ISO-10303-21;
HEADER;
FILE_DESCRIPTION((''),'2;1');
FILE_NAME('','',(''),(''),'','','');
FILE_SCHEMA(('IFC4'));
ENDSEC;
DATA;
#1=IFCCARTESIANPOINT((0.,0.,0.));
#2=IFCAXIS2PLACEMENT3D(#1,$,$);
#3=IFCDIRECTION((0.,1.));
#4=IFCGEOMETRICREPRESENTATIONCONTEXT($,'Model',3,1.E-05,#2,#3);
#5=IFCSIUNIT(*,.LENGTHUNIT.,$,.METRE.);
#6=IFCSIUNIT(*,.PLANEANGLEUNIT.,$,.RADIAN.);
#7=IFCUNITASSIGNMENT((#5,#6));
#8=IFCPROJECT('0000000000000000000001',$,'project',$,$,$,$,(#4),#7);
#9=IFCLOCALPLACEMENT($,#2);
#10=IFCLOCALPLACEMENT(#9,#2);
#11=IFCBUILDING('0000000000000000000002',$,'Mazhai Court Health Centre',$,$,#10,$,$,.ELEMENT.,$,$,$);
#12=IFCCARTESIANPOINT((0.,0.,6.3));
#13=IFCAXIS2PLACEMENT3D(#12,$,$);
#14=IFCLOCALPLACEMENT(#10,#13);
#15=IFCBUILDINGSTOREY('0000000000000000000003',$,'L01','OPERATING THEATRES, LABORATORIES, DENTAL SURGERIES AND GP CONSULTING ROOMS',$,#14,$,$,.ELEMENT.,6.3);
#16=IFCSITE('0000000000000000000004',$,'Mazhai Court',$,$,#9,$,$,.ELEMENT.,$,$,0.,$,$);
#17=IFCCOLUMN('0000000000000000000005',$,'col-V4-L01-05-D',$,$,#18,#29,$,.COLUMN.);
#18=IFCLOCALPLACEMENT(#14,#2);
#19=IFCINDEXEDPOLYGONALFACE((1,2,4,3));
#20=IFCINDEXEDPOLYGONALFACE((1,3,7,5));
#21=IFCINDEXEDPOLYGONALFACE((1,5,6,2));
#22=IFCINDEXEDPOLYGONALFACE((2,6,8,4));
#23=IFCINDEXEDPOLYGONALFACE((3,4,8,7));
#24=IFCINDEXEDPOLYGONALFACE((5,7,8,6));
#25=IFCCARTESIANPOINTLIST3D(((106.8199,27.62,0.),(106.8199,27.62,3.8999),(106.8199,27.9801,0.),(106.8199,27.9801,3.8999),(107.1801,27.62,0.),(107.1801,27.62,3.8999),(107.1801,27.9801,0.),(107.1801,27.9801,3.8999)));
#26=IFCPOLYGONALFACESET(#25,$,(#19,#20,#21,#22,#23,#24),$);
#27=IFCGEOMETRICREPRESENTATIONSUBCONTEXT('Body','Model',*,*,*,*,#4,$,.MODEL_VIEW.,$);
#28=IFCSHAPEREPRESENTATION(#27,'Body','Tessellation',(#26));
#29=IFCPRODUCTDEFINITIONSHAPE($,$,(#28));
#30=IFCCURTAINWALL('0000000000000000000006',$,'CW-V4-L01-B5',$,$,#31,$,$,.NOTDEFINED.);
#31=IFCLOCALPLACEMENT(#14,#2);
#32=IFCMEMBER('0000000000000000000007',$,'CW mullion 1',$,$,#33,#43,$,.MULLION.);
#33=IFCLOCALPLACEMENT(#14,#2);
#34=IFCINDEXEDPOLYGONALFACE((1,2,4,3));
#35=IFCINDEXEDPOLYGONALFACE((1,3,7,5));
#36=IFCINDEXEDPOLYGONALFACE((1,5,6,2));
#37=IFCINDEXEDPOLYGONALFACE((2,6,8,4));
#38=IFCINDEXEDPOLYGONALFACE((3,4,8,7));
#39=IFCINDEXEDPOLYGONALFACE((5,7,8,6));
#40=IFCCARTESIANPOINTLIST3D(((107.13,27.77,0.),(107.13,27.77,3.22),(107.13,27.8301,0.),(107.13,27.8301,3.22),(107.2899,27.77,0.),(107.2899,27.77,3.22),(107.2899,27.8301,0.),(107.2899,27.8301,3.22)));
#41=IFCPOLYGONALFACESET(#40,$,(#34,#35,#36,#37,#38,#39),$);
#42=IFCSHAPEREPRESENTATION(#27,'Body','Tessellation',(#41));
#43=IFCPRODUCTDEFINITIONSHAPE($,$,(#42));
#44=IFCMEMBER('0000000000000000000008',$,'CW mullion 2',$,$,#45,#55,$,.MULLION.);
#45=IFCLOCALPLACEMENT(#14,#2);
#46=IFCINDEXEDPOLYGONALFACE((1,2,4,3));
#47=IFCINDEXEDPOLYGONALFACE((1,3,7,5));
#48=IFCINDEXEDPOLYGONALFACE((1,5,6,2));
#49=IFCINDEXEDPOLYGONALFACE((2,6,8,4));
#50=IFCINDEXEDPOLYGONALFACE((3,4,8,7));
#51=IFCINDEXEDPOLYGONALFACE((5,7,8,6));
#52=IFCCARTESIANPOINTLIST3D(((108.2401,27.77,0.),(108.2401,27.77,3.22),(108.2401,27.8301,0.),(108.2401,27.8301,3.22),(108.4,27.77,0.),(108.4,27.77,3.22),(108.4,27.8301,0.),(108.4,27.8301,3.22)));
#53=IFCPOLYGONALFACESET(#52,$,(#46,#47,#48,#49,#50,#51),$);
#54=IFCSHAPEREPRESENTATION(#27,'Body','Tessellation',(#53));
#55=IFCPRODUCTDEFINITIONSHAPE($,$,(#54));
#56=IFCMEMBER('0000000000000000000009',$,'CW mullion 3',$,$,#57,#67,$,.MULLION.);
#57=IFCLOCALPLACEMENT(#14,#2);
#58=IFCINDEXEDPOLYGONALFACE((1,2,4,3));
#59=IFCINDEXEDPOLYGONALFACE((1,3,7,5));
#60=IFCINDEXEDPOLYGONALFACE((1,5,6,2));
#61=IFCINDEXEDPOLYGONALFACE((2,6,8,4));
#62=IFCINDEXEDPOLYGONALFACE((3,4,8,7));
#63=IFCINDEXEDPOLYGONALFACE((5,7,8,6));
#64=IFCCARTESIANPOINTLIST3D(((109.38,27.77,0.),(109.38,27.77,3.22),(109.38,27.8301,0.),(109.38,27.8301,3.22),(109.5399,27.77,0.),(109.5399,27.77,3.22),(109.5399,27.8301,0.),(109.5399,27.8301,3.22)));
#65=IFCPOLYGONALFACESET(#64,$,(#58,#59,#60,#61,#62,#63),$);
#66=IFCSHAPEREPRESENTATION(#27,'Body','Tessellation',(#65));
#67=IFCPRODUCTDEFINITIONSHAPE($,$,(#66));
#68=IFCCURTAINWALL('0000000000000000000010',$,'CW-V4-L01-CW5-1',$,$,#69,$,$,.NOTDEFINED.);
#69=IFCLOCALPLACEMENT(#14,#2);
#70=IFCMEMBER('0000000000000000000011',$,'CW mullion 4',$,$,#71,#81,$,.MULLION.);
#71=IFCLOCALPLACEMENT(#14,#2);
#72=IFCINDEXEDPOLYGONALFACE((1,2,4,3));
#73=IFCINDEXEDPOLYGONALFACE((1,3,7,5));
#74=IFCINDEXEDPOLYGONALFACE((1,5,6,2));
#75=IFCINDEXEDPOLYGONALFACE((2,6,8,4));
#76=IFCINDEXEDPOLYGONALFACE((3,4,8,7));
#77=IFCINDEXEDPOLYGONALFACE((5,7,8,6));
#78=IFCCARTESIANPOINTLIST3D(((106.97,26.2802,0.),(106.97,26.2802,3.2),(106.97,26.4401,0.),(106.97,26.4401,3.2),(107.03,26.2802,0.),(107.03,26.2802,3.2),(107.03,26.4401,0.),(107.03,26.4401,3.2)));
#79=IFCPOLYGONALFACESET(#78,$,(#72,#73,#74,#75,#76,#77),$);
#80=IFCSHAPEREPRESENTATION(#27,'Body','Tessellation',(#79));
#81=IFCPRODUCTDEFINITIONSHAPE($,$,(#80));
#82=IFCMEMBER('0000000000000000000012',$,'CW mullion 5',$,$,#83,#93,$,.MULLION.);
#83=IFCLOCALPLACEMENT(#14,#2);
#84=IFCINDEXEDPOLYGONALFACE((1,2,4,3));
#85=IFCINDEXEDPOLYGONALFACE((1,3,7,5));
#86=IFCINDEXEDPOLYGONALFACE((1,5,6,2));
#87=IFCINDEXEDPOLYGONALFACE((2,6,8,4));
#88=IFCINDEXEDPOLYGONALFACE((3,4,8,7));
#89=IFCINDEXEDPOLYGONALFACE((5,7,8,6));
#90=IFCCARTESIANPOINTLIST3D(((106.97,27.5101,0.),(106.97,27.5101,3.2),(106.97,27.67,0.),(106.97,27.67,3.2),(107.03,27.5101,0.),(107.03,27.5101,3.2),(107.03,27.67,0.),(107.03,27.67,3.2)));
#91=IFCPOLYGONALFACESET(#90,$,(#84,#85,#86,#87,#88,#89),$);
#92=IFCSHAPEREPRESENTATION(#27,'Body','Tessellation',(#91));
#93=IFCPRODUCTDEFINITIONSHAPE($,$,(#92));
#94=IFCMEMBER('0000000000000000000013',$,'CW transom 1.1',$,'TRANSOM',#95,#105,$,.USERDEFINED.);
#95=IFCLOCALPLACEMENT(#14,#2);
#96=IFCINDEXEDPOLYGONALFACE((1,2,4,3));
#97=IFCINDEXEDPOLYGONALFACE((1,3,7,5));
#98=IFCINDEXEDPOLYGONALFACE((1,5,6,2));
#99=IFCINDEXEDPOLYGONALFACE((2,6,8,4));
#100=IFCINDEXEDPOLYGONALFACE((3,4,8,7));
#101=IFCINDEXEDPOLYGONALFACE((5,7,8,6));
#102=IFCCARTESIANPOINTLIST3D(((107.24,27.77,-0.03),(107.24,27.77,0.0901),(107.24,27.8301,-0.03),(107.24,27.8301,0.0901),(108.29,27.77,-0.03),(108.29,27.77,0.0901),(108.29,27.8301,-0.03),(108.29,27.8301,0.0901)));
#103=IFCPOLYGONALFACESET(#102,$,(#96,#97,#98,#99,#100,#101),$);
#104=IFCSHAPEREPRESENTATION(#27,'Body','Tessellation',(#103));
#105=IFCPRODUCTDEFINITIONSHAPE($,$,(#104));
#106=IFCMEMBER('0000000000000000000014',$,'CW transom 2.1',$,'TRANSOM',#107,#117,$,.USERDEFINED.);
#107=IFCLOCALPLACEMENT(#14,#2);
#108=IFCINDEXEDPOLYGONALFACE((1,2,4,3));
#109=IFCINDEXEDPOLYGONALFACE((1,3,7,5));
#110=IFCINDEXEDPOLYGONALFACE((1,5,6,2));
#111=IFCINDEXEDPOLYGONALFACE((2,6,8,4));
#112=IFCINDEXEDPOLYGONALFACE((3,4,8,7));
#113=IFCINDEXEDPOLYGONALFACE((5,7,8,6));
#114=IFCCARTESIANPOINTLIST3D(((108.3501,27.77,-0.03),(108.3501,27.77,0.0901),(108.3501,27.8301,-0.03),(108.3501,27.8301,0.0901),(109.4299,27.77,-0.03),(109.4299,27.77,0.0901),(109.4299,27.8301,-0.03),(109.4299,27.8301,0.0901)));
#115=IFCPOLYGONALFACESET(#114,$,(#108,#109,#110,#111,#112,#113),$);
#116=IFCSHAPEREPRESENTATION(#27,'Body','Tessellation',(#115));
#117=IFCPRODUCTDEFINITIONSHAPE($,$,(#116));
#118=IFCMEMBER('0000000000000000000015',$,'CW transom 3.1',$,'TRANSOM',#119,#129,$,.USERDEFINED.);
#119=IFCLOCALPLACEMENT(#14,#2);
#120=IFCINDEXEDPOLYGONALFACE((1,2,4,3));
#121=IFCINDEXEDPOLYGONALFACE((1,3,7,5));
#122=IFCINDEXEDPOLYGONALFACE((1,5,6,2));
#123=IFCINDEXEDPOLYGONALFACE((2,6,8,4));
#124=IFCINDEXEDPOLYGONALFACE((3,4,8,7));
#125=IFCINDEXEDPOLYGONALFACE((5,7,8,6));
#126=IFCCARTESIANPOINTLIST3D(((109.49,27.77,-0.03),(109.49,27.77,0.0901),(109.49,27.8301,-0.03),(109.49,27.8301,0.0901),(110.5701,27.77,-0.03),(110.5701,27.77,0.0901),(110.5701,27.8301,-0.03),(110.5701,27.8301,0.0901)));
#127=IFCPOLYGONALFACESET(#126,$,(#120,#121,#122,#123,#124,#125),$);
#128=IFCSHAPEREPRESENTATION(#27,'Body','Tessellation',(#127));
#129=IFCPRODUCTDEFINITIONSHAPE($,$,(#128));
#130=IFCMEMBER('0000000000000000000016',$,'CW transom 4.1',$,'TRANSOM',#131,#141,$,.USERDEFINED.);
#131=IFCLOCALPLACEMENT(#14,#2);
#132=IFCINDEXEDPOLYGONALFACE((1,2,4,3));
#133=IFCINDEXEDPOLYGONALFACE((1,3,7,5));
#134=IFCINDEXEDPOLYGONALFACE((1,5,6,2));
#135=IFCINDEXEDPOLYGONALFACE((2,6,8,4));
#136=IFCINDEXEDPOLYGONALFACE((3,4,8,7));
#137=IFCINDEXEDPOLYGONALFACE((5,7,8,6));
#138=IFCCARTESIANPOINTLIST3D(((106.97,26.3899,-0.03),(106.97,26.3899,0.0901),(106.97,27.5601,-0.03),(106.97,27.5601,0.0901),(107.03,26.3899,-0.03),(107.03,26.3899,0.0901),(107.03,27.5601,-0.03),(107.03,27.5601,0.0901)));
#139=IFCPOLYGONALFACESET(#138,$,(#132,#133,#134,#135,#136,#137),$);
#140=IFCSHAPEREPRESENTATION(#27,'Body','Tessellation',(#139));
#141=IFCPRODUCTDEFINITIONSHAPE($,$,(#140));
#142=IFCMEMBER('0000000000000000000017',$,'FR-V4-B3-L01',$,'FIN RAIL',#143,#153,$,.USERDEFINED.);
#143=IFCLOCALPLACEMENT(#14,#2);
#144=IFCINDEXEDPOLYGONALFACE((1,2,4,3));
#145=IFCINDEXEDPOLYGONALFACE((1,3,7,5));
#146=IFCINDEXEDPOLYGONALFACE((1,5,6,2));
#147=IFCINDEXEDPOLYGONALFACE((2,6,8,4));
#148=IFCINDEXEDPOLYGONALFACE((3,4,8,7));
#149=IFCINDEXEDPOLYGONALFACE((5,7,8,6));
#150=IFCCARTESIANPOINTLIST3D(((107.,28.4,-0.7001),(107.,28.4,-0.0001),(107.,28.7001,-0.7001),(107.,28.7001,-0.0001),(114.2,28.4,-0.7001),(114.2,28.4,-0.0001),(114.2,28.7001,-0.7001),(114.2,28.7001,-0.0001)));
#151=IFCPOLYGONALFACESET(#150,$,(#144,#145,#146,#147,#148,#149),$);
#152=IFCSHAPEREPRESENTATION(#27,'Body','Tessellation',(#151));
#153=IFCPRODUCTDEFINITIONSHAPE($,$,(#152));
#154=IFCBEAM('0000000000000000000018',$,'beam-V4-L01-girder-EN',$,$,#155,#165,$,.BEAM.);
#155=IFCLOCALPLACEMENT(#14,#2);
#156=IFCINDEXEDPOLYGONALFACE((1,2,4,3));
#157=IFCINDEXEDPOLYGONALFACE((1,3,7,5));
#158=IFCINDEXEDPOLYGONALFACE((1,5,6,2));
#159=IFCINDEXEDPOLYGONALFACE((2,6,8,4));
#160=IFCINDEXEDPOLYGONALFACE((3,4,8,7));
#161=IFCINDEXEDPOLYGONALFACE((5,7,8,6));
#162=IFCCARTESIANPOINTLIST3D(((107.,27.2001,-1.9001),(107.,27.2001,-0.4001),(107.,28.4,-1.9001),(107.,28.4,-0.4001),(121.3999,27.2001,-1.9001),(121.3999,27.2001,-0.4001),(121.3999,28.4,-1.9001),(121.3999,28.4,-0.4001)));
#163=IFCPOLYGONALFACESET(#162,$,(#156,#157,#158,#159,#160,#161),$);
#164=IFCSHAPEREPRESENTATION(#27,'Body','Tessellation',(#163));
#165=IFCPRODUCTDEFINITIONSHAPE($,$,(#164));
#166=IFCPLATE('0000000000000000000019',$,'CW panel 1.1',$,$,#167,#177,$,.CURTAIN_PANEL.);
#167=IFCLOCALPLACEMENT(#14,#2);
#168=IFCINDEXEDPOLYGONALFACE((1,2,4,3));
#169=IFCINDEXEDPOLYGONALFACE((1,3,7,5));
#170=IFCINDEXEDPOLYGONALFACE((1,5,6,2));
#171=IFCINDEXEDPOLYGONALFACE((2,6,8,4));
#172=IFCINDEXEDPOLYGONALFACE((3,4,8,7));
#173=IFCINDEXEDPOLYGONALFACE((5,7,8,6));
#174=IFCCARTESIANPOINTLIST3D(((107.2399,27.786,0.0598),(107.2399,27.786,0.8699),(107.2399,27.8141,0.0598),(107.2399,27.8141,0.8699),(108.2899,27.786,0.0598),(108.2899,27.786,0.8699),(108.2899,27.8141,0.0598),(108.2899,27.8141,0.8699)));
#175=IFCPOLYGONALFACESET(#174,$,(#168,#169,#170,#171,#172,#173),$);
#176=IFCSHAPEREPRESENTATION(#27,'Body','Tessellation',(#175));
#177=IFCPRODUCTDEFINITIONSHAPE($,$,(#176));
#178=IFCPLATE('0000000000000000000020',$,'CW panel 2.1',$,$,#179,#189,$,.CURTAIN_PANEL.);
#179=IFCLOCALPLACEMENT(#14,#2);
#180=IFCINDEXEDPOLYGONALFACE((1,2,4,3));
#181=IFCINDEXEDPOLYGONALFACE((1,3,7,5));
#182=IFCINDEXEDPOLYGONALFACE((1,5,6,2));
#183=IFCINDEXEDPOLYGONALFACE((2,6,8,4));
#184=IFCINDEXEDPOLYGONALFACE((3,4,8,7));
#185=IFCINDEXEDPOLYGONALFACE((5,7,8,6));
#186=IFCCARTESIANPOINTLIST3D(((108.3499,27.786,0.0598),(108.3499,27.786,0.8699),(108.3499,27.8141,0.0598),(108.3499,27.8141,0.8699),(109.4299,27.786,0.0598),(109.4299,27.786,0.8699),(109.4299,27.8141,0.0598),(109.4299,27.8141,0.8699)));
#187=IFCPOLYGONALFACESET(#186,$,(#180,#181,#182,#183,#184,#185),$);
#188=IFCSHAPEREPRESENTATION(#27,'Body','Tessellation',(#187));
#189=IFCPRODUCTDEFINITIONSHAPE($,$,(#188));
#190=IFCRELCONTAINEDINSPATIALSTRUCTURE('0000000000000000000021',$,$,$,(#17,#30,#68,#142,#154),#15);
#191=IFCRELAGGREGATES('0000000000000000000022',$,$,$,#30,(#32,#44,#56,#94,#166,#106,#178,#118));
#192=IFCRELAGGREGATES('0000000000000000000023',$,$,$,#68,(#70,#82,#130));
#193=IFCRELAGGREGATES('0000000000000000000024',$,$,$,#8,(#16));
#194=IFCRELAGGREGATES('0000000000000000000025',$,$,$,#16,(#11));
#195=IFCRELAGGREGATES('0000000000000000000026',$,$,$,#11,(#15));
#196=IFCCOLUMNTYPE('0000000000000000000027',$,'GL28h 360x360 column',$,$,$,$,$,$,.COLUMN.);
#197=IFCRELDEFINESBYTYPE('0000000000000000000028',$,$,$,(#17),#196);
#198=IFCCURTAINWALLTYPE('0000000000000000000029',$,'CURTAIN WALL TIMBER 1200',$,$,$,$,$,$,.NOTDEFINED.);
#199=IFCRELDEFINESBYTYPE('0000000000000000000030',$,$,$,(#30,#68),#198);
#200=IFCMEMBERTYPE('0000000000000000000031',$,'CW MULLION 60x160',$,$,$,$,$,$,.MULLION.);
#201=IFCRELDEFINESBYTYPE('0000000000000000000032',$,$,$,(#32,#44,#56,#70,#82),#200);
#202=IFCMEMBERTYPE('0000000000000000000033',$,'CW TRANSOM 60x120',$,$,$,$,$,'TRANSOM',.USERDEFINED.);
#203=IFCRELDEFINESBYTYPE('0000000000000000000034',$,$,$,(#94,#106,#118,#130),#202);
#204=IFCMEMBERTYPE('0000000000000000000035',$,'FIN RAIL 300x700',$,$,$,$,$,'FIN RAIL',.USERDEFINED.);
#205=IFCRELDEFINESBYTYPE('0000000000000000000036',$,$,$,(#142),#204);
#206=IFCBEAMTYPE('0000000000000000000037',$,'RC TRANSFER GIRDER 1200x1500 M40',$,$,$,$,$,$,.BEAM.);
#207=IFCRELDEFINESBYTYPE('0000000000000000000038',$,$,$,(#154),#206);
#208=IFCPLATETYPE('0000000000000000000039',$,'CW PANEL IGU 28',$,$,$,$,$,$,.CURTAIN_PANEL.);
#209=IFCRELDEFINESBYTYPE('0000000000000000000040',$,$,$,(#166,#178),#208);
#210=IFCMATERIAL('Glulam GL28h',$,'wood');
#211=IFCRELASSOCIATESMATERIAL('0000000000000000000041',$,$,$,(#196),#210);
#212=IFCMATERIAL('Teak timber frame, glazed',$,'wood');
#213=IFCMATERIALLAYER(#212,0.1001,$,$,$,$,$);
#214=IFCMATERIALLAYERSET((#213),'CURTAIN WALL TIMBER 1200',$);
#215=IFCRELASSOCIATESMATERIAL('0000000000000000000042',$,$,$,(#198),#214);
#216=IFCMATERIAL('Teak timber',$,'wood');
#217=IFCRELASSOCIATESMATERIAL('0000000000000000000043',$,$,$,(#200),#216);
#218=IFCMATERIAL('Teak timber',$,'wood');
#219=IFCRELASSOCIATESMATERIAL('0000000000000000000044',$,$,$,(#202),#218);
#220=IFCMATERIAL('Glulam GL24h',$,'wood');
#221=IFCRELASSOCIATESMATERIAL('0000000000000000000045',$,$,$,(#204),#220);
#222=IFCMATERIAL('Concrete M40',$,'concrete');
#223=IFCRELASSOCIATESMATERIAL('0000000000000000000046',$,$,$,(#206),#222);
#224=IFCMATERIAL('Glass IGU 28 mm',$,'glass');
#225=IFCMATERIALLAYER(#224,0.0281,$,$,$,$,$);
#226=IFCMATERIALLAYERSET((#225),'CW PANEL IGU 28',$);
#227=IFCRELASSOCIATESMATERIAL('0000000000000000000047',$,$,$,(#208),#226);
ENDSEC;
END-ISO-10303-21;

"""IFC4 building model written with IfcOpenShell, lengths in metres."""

from ifc_helpers import new_model, si_unit, direction, frame, origin, origin_2d, place, context, subcontext, project, spatial, rectangle, extrude, material, layer, layer_set, material_profile, profile_set, type_object, element, aggregate, save


model = new_model("IFC4")

# Units and contexts
model_context = context("Model", 3, precision=1e-05, world=origin(), true_north=direction((0.0, 1.0)))
body_context = subcontext(model_context, "Body", "Model", "MODEL_VIEW")
ifc_project = project(units=[si_unit("LENGTHUNIT", "METRE"), si_unit("PLANEANGLEUNIT", "RADIAN")], contexts=[model_context])

# Site, building, storey
site_placement = place(None, origin())
site = spatial("IfcSite", under=ifc_project, at=site_placement, Name="Mazhai Court", CompositionType="ELEMENT", RefElevation=0.0)
building_placement = place(site_placement, origin())
building = spatial("IfcBuilding", under=site, at=building_placement, Name="Mazhai Court Health Centre", CompositionType="ELEMENT")
storey_placement = place(building_placement, frame((0.0, 0.0, 6.3)))
storey = spatial("IfcBuildingStorey", under=building, at=storey_placement, Name="L01", Description="OPERATING THEATRES, LABORATORIES, DENTAL SURGERIES AND GP CONSULTING ROOMS", CompositionType="ELEMENT", Elevation=6.3)

# Column
ifc_material_1 = material(Name="Glulam GL28h", Category="wood")
ifc_material_profile_1 = material_profile(ifc_material_1, rectangle(XDim=0.3601, YDim=0.3601, at=origin_2d()), Name="GL28h 360x360")
ifc_profile_set_1 = profile_set([ifc_material_profile_1], Name="Glulam GL28h")
column_type = type_object("IfcColumnType", Name="GL28h 360x360 column", PredefinedType="COLUMN", material=ifc_profile_set_1)
column_placement = place(storey_placement, frame((107.0, 27.8, 0.0), z_axis=(0.0, 0.0, 1.0), x_axis=(1.0, 0.0, 0.0)))
element("IfcColumn", 1, at=column_placement, inside=storey, type_object=column_type, Name="col-V4-L01-05-D", PredefinedType="COLUMN", context=body_context, shape_type="SweptSolid", body=[
    extrude(rectangle(XDim=0.3601, YDim=0.3601, at=origin_2d()), origin(), (0.0, 0.0, 1.0), 3.8999),
])

# Curtain walls, members
ifc_material_2 = material(Name="Teak timber frame, glazed", Category="wood")
ifc_layer_1 = layer(ifc_material_2, 0.1001)
ifc_layer_set_1 = layer_set([ifc_layer_1], Name="CURTAIN WALL TIMBER 1200")
curtain_wall_type = type_object("IfcCurtainWallType", Name="CURTAIN WALL TIMBER 1200", PredefinedType="NOTDEFINED", material=ifc_layer_set_1)
curtain_wall_1_placement = place(storey_placement, origin())
curtain_wall_1 = element("IfcCurtainWall", 2, at=curtain_wall_1_placement, inside=storey, type_object=curtain_wall_type, Name="CW-V4-L01-B5", PredefinedType="NOTDEFINED")
ifc_material_3 = material(Name="Teak timber", Category="wood")
ifc_material_profile_2 = material_profile(ifc_material_3, rectangle(XDim=0.0601, YDim=0.1599, at=origin_2d()), Name="CW MULLION 60x160")
ifc_profile_set_2 = profile_set([ifc_material_profile_2], Name="Teak timber")
member_type_1 = type_object("IfcMemberType", Name="CW MULLION 60x160", PredefinedType="MULLION", material=ifc_profile_set_2)
member_1_placement = place(storey_placement, frame((107.21, 27.8, 0.0), z_axis=(0.0, 0.0, 1.0), x_axis=(0.0, 1.0, 0.0)))
member_1 = element("IfcMember", 3, at=member_1_placement, type_object=member_type_1, Name="CW mullion 1", PredefinedType="MULLION", context=body_context, shape_type="SweptSolid", body=[
    extrude(rectangle(XDim=0.0601, YDim=0.1599, at=origin_2d()), origin(), (0.0, 0.0, 1.0), 3.22),
])
member_2_placement = place(storey_placement, frame((108.3201, 27.8, 0.0), z_axis=(0.0, 0.0, 1.0), x_axis=(0.0, 1.0, 0.0)))
member_2 = element("IfcMember", 4, at=member_2_placement, type_object=member_type_1, Name="CW mullion 2", PredefinedType="MULLION", context=body_context, shape_type="SweptSolid", body=[
    extrude(rectangle(XDim=0.0601, YDim=0.1599, at=origin_2d()), origin(), (0.0, 0.0, 1.0), 3.22),
])
member_3_placement = place(storey_placement, frame((109.46, 27.8, 0.0), z_axis=(0.0, 0.0, 1.0), x_axis=(0.0, 1.0, 0.0)))
member_3 = element("IfcMember", 5, at=member_3_placement, type_object=member_type_1, Name="CW mullion 3", PredefinedType="MULLION", context=body_context, shape_type="SweptSolid", body=[
    extrude(rectangle(XDim=0.0601, YDim=0.1599, at=origin_2d()), origin(), (0.0, 0.0, 1.0), 3.22),
])
curtain_wall_2_placement = place(storey_placement, origin())
curtain_wall_2 = element("IfcCurtainWall", 6, at=curtain_wall_2_placement, inside=storey, type_object=curtain_wall_type, Name="CW-V4-L01-CW5-1", PredefinedType="NOTDEFINED")
member_4_placement = place(storey_placement, frame((107.0, 26.3601, 0.0), z_axis=(0.0, 0.0, 1.0), x_axis=(-1.0, 0.0, 0.0)))
member_4 = element("IfcMember", 7, at=member_4_placement, type_object=member_type_1, Name="CW mullion 4", PredefinedType="MULLION", context=body_context, shape_type="SweptSolid", body=[
    extrude(rectangle(XDim=0.0601, YDim=0.1599, at=origin_2d()), origin(), (0.0, 0.0, 1.0), 3.2),
])
member_5_placement = place(storey_placement, frame((107.0, 27.5901, 0.0), z_axis=(0.0, 0.0, 1.0), x_axis=(-1.0, 0.0, 0.0)))
member_5 = element("IfcMember", 8, at=member_5_placement, type_object=member_type_1, Name="CW mullion 5", PredefinedType="MULLION", context=body_context, shape_type="SweptSolid", body=[
    extrude(rectangle(XDim=0.0601, YDim=0.1599, at=origin_2d()), origin(), (0.0, 0.0, 1.0), 3.2),
])

# Members
ifc_material_4 = material(Name="Teak timber", Category="wood")
ifc_material_profile_3 = material_profile(ifc_material_4, rectangle(XDim=0.0601, YDim=0.1201, at=origin_2d()), Name="CW TRANSOM 60x120")
ifc_profile_set_3 = profile_set([ifc_material_profile_3], Name="Teak timber")
member_type_2 = type_object("IfcMemberType", Name="CW TRANSOM 60x120", ElementType="TRANSOM", PredefinedType="USERDEFINED", material=ifc_profile_set_3)
member_6_placement = place(storey_placement, frame((107.24, 27.8, 0.03), z_axis=(1.0, 0.0, 0.0), x_axis=(0.0, 1.0, 0.0)))
member_6 = element("IfcMember", 9, at=member_6_placement, type_object=member_type_2, Name="CW transom 1.1", ObjectType="TRANSOM", PredefinedType="USERDEFINED", context=body_context, shape_type="SweptSolid", body=[
    extrude(rectangle(XDim=0.0601, YDim=0.1201, at=origin_2d()), origin(), (0.0, 0.0, 1.0), 1.05),
])
member_7_placement = place(storey_placement, frame((108.3501, 27.8, 0.03), z_axis=(1.0, 0.0, 0.0), x_axis=(0.0, 1.0, 0.0)))
member_7 = element("IfcMember", 10, at=member_7_placement, type_object=member_type_2, Name="CW transom 2.1", ObjectType="TRANSOM", PredefinedType="USERDEFINED", context=body_context, shape_type="SweptSolid", body=[
    extrude(rectangle(XDim=0.0601, YDim=0.1201, at=origin_2d()), origin(), (0.0, 0.0, 1.0), 1.0798),
])
member_8_placement = place(storey_placement, frame((109.49, 27.8, 0.03), z_axis=(1.0, 0.0, 0.0), x_axis=(0.0, 1.0, 0.0)))
member_8 = element("IfcMember", 11, at=member_8_placement, type_object=member_type_2, Name="CW transom 3.1", ObjectType="TRANSOM", PredefinedType="USERDEFINED", context=body_context, shape_type="SweptSolid", body=[
    extrude(rectangle(XDim=0.0601, YDim=0.1201, at=origin_2d()), origin(), (0.0, 0.0, 1.0), 1.0801),
])
member_9_placement = place(storey_placement, frame((107.0, 26.3899, 0.03), z_axis=(0.0, 1.0, 0.0), x_axis=(-1.0, 0.0, 0.0)))
member_9 = element("IfcMember", 12, at=member_9_placement, type_object=member_type_2, Name="CW transom 4.1", ObjectType="TRANSOM", PredefinedType="USERDEFINED", context=body_context, shape_type="SweptSolid", body=[
    extrude(rectangle(XDim=0.0601, YDim=0.1201, at=origin_2d()), origin(), (0.0, 0.0, 1.0), 1.1702),
])
ifc_material_5 = material(Name="Glulam GL24h", Category="wood")
ifc_material_profile_4 = material_profile(ifc_material_5, rectangle(XDim=0.3, YDim=0.7, at=origin_2d()), Name="FIN RAIL 300x700")
ifc_profile_set_4 = profile_set([ifc_material_profile_4], Name="Glulam GL24h")
member_type_3 = type_object("IfcMemberType", Name="FIN RAIL 300x700", ElementType="FIN RAIL", PredefinedType="USERDEFINED", material=ifc_profile_set_4)
member_10_placement = place(storey_placement, frame((107.0, 28.55, -0.3501), z_axis=(1.0, 0.0, 0.0), x_axis=(0.0, 1.0, 0.0)))
element("IfcMember", 13, at=member_10_placement, inside=storey, type_object=member_type_3, Name="FR-V4-B3-L01", ObjectType="FIN RAIL", PredefinedType="USERDEFINED", context=body_context, shape_type="SweptSolid", body=[
    extrude(rectangle(XDim=0.3, YDim=0.7, at=origin_2d()), origin(), (0.0, 0.0, 1.0), 7.2),
])

# Beam
ifc_material_6 = material(Name="Concrete M40", Category="concrete")
ifc_material_profile_5 = material_profile(ifc_material_6, rectangle(XDim=1.2, YDim=1.5, at=origin_2d()), Name="RC 1200x1500")
ifc_profile_set_5 = profile_set([ifc_material_profile_5], Name="Concrete M40")
beam_type = type_object("IfcBeamType", Name="RC TRANSFER GIRDER 1200x1500 M40", PredefinedType="BEAM", material=ifc_profile_set_5)
beam_placement = place(storey_placement, frame((107.0, 27.8, -1.1501), z_axis=(1.0, 0.0, 0.0), x_axis=(0.0, 1.0, 0.0)))
element("IfcBeam", 14, at=beam_placement, inside=storey, type_object=beam_type, Name="beam-V4-L01-girder-EN", PredefinedType="BEAM", context=body_context, shape_type="SweptSolid", body=[
    extrude(rectangle(XDim=1.2, YDim=1.5, at=origin_2d()), origin(), (0.0, 0.0, 1.0), 14.3999),
])

# Plates
ifc_material_7 = material(Name="Glass IGU 28 mm", Category="glass")
ifc_layer_2 = layer(ifc_material_7, 0.0281)
ifc_layer_set_2 = layer_set([ifc_layer_2], Name="CW PANEL IGU 28")
plate_type = type_object("IfcPlateType", Name="CW PANEL IGU 28", PredefinedType="CURTAIN_PANEL", material=ifc_layer_set_2)
plate_1_placement = place(storey_placement, frame((107.7649, 27.8, 0.0598), z_axis=(0.0, 0.0, 1.0), x_axis=(1.0, 0.0, 0.0)))
plate_1 = element("IfcPlate", 15, at=plate_1_placement, type_object=plate_type, Name="CW panel 1.1", PredefinedType="CURTAIN_PANEL", context=body_context, shape_type="SweptSolid", body=[
    extrude(rectangle(XDim=1.05, YDim=0.0281, at=origin_2d()), origin(), (0.0, 0.0, 1.0), 0.8101),
])
plate_2_placement = place(storey_placement, frame((108.8899, 27.8, 0.0598), z_axis=(0.0, 0.0, 1.0), x_axis=(1.0, 0.0, 0.0)))
plate_2 = element("IfcPlate", 16, at=plate_2_placement, type_object=plate_type, Name="CW panel 2.1", PredefinedType="CURTAIN_PANEL", context=body_context, shape_type="SweptSolid", body=[
    extrude(rectangle(XDim=1.0801, YDim=0.0281, at=origin_2d()), origin(), (0.0, 0.0, 1.0), 0.8101),
])
aggregate(curtain_wall_1, [member_1, member_2, member_3, member_6, plate_1, member_7, plate_2, member_8])
aggregate(curtain_wall_2, [member_4, member_5, member_9])

save(model, "model.ifc")
